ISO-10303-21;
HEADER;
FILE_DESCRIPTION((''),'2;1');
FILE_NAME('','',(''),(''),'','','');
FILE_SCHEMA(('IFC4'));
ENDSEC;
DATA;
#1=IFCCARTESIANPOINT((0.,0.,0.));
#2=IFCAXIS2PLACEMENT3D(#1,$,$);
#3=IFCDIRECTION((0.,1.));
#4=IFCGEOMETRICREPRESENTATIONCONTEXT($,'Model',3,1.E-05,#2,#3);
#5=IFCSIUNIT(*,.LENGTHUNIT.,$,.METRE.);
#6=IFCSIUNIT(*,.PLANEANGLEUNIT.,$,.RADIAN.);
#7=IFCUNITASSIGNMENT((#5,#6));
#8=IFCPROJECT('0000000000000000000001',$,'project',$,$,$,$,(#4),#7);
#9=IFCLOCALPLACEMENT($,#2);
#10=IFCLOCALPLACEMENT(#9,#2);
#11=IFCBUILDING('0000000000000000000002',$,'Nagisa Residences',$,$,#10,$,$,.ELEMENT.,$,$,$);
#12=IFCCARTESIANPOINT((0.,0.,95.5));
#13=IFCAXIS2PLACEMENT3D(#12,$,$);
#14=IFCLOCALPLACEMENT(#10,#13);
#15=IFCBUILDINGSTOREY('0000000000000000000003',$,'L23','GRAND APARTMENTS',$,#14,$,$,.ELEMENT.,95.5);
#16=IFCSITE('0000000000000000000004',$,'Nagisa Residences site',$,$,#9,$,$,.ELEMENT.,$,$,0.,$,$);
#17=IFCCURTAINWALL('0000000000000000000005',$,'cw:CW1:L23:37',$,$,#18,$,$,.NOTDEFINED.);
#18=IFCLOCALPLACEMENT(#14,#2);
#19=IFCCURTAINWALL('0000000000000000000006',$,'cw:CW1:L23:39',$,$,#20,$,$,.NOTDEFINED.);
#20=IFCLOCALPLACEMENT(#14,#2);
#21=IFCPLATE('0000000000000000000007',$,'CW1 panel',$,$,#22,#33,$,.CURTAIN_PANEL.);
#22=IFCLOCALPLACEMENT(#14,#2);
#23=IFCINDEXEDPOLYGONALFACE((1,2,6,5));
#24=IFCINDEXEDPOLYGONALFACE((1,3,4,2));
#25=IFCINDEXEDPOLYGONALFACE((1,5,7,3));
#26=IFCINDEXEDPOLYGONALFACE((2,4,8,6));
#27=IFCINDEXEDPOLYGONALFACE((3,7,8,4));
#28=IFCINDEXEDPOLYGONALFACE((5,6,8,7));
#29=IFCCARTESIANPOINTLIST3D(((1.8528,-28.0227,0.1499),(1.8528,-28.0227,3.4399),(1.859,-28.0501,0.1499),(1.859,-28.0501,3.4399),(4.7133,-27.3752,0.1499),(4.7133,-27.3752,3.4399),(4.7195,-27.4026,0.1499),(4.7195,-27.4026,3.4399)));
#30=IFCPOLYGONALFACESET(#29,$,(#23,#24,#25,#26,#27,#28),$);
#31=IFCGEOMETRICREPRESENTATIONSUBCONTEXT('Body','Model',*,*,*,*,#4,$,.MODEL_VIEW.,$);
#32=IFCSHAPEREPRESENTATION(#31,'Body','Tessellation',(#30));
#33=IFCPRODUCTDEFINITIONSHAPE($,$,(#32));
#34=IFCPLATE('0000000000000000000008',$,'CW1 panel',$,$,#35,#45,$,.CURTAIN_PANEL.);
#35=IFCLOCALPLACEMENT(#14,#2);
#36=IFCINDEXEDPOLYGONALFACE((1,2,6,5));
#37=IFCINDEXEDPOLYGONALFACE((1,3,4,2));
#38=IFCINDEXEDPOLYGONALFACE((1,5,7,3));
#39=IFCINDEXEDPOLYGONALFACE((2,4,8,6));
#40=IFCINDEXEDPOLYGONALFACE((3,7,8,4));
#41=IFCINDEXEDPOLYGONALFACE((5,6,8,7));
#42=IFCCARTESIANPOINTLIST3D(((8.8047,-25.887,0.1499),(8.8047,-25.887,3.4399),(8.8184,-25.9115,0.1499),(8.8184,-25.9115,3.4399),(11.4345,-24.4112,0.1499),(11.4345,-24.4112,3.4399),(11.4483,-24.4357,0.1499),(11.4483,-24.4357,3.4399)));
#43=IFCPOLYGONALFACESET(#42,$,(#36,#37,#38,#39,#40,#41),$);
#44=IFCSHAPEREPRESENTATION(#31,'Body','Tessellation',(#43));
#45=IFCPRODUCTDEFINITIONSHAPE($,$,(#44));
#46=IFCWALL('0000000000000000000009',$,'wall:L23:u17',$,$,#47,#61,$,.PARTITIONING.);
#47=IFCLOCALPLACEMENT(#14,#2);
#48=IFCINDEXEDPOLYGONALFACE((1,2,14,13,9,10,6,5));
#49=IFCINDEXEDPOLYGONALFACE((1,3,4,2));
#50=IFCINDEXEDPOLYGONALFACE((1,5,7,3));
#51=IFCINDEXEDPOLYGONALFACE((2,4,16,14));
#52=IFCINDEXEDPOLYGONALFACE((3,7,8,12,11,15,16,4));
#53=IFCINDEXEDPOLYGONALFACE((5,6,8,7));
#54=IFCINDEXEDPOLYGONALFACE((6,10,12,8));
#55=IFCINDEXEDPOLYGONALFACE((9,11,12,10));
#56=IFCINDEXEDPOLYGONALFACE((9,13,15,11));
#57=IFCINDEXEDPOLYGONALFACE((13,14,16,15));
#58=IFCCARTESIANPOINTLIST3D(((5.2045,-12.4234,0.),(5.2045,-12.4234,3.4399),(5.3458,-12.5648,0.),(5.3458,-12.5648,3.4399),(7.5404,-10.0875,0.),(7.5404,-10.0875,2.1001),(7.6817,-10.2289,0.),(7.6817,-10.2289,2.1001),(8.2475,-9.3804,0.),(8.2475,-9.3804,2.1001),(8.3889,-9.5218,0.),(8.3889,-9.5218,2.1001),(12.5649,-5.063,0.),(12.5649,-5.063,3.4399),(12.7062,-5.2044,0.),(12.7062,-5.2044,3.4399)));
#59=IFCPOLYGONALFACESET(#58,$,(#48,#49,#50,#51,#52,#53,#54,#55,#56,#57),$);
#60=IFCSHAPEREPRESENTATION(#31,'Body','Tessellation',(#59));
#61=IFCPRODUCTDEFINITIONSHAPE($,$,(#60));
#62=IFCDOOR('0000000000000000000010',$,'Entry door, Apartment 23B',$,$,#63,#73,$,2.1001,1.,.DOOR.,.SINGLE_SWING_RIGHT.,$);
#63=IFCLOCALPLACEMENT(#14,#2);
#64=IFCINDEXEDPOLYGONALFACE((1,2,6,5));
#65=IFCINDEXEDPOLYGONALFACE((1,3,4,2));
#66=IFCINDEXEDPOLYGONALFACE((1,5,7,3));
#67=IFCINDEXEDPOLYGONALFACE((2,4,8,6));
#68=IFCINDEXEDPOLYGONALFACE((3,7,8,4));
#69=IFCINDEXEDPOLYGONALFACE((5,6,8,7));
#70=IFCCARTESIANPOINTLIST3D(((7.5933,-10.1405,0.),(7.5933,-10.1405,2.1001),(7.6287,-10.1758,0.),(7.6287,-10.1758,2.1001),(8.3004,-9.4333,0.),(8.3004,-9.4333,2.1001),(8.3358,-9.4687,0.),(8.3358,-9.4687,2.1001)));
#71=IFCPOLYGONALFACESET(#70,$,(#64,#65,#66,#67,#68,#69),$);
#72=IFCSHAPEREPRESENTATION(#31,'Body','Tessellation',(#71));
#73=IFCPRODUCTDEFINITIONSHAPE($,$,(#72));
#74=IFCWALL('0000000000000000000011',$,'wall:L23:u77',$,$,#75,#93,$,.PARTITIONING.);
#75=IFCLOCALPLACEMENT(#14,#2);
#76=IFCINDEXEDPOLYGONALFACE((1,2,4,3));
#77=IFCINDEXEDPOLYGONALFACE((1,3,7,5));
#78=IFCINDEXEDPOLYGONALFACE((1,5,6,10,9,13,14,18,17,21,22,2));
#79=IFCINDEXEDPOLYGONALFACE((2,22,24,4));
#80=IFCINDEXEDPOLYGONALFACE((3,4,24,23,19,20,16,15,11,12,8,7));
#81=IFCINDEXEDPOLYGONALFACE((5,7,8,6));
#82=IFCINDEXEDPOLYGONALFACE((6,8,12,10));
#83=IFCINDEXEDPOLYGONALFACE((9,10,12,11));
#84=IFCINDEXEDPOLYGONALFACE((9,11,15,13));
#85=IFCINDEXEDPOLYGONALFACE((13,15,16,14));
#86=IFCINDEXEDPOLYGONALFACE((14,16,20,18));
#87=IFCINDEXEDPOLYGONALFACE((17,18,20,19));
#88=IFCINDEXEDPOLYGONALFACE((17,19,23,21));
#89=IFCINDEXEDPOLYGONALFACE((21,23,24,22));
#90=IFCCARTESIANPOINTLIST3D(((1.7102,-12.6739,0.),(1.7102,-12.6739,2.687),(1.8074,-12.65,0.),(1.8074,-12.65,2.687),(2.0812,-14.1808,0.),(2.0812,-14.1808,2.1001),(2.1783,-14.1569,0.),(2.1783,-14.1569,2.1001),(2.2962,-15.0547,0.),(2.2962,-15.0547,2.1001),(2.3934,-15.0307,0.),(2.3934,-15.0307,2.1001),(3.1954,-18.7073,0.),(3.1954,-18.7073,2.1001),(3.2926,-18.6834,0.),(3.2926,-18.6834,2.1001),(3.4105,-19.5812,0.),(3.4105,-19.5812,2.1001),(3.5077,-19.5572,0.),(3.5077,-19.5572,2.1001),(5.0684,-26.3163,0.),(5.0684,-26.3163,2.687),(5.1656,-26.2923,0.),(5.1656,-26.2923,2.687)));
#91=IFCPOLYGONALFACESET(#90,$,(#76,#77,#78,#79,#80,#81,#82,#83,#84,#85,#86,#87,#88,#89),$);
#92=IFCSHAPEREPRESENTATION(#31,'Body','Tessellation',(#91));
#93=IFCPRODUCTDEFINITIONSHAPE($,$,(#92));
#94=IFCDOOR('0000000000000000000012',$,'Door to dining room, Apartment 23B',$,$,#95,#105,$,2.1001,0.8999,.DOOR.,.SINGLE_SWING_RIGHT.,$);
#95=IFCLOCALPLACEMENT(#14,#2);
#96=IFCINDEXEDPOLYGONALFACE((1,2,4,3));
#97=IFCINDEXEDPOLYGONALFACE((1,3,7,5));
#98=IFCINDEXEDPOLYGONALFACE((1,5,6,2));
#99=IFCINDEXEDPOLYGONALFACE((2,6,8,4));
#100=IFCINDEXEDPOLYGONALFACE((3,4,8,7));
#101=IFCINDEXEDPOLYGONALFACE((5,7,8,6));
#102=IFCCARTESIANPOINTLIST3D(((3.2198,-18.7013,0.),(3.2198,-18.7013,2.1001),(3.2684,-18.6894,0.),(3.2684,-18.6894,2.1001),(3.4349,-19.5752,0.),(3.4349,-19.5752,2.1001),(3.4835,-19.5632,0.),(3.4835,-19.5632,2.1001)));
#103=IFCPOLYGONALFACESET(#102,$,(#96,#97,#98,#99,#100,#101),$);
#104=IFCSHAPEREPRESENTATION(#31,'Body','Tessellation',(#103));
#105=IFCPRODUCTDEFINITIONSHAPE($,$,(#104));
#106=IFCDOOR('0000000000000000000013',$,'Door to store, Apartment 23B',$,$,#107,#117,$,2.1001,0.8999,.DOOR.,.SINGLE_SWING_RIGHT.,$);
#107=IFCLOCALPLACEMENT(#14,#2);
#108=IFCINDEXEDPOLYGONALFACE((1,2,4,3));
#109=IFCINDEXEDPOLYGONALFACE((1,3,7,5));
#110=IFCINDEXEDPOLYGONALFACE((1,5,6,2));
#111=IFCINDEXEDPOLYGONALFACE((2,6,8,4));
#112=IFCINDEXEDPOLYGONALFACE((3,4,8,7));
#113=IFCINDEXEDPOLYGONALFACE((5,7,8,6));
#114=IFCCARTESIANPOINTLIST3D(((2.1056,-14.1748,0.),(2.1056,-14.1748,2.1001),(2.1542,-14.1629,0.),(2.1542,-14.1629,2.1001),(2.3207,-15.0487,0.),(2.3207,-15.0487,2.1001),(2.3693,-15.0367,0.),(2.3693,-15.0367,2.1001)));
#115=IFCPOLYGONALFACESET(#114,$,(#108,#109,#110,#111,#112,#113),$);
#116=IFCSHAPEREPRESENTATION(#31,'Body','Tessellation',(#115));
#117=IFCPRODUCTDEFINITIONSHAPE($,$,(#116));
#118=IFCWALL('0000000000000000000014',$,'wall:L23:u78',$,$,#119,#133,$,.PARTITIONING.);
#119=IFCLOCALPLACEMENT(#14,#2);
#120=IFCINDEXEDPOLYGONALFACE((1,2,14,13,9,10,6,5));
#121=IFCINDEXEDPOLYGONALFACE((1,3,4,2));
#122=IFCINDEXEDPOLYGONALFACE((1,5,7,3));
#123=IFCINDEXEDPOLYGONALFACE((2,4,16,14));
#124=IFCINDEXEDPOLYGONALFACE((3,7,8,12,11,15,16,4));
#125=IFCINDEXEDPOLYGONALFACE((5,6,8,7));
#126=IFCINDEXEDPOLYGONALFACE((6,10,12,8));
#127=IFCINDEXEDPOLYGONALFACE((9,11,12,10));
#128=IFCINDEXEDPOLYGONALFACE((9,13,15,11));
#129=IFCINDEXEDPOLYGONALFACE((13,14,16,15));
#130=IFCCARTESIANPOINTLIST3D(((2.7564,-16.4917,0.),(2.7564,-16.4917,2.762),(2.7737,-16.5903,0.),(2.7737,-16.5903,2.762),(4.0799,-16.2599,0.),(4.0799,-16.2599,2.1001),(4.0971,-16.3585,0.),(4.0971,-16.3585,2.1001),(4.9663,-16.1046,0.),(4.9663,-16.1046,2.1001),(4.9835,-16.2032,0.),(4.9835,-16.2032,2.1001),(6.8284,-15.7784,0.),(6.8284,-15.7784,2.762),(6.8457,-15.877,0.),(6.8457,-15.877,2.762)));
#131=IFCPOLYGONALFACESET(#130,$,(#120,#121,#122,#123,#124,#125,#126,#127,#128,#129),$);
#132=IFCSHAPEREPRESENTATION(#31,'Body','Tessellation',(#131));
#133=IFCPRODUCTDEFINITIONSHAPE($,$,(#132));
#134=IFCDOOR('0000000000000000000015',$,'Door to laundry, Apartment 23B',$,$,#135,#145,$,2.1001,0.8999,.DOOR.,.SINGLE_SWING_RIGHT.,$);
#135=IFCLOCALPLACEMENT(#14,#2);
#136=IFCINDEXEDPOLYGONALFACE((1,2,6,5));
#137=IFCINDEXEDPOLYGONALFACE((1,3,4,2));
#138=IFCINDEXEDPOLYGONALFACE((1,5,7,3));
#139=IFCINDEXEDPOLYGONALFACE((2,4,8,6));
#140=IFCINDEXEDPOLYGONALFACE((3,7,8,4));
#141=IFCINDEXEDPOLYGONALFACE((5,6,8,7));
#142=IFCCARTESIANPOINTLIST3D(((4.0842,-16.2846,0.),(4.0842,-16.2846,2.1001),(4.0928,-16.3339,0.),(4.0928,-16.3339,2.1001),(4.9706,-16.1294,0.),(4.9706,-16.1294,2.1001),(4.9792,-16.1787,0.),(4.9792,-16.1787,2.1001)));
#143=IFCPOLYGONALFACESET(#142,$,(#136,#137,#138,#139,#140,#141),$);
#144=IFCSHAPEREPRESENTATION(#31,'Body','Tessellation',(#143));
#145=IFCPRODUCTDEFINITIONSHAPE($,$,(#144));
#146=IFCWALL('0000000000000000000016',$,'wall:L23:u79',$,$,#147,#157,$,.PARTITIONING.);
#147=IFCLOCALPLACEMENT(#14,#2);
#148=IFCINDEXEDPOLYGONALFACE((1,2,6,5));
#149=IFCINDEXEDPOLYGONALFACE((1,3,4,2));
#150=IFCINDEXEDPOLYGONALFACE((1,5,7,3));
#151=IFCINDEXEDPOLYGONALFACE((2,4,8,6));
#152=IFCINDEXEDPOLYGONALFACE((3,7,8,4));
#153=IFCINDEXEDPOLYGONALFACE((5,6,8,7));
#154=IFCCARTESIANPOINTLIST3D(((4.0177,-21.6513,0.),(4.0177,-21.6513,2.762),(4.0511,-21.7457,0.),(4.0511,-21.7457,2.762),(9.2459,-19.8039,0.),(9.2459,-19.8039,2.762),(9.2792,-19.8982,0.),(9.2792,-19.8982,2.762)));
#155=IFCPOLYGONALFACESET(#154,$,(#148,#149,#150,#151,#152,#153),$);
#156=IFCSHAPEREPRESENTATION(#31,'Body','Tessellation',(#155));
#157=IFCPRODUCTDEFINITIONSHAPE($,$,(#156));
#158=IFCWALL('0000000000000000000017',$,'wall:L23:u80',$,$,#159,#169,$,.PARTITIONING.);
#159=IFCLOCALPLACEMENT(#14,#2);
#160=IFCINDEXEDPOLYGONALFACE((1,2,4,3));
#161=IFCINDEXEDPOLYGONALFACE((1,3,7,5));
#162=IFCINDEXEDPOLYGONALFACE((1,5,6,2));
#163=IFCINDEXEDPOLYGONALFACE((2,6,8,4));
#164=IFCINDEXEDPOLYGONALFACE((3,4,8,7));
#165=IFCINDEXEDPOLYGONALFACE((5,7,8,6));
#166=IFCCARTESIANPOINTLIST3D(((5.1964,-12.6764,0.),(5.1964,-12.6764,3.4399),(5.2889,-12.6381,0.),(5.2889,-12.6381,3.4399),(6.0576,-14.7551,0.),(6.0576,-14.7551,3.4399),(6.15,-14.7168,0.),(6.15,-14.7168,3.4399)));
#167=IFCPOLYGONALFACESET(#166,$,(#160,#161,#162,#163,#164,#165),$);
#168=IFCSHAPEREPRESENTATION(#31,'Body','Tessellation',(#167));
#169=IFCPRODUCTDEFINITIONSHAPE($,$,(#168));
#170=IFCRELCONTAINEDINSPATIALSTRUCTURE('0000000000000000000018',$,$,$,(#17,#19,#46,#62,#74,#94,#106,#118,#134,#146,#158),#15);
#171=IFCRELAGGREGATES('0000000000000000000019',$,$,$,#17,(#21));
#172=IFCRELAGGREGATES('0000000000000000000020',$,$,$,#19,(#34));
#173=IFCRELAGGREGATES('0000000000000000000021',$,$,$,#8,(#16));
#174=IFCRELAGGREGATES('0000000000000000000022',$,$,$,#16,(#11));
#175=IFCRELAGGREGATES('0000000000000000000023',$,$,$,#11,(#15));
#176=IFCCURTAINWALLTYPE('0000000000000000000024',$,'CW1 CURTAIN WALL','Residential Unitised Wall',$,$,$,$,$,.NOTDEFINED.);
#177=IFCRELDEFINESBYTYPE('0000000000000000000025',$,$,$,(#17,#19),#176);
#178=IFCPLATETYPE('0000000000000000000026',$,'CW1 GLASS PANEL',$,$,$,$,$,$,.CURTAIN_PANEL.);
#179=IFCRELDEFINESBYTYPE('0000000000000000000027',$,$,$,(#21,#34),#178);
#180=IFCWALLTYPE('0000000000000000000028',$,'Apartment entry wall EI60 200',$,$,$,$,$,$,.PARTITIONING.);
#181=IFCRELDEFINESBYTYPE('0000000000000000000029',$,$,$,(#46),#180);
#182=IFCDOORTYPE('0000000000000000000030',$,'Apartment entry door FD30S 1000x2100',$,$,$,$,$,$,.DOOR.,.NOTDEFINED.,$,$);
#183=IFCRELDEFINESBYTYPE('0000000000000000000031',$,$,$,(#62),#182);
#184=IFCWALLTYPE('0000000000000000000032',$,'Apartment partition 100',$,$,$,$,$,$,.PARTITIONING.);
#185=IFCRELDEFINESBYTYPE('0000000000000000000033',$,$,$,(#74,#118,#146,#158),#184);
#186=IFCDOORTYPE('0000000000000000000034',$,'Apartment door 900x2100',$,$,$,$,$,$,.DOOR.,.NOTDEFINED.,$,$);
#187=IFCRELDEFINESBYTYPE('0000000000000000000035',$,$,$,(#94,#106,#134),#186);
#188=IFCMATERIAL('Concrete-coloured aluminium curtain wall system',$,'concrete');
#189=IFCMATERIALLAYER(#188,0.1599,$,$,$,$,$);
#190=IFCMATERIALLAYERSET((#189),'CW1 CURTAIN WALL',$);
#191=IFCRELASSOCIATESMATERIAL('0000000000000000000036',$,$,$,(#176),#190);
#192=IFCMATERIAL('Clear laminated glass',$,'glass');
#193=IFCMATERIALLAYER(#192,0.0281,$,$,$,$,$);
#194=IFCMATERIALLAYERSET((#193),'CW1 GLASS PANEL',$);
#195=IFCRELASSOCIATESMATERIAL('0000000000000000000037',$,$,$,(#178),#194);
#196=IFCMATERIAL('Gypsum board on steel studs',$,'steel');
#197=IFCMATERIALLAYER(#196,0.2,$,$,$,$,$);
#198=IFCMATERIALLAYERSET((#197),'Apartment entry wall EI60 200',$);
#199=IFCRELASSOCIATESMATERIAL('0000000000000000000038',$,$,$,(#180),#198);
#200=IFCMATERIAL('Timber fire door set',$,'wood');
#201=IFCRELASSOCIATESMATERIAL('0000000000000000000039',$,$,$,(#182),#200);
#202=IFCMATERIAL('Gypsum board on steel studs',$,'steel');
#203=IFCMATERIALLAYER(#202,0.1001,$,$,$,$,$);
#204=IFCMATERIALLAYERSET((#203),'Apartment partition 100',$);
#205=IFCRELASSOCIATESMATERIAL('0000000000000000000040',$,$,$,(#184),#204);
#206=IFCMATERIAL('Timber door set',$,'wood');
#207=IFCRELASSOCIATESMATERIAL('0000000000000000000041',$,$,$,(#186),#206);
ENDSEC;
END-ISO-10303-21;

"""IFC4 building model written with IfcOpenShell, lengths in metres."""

from ifc_helpers import new_model, si_unit, direction, frame, frame_2d, origin, origin_2d, place, context, subcontext, project, spatial, rectangle, extrude, material, layer, layer_set, type_object, element, fill, aggregate, save


model = new_model("IFC4")

# Units and contexts
model_context = context("Model", 3, precision=1e-05, world=origin(), true_north=direction((0.0, 1.0)))
body_context = subcontext(model_context, "Body", "Model", "MODEL_VIEW")
ifc_project = project(units=[si_unit("LENGTHUNIT", "METRE"), si_unit("PLANEANGLEUNIT", "RADIAN")], contexts=[model_context])

# Site, building, storey
site_placement = place(None, origin())
site = spatial("IfcSite", under=ifc_project, at=site_placement, Name="Nagisa Residences site", CompositionType="ELEMENT", RefElevation=0.0)
building_placement = place(site_placement, origin())
building = spatial("IfcBuilding", under=site, at=building_placement, Name="Nagisa Residences", CompositionType="ELEMENT")
storey_placement = place(building_placement, frame((0.0, 0.0, 95.5)))
storey = spatial("IfcBuildingStorey", under=building, at=storey_placement, Name="L23", Description="GRAND APARTMENTS", CompositionType="ELEMENT", Elevation=95.5)

# Curtain walls
ifc_material_1 = material(Name="Concrete-coloured aluminium curtain wall system", Category="concrete")
ifc_layer_1 = layer(ifc_material_1, 0.1599)
ifc_layer_set_1 = layer_set([ifc_layer_1], Name="CW1 CURTAIN WALL")
curtain_wall_type = type_object("IfcCurtainWallType", Name="CW1 CURTAIN WALL", Description="Residential Unitised Wall", PredefinedType="NOTDEFINED", material=ifc_layer_set_1)
curtain_wall_1_placement = place(storey_placement, origin())
curtain_wall_1 = element("IfcCurtainWall", 1, at=curtain_wall_1_placement, inside=storey, type_object=curtain_wall_type, Name="cw:CW1:L23:37", PredefinedType="NOTDEFINED")
curtain_wall_2_placement = place(storey_placement, origin())
curtain_wall_2 = element("IfcCurtainWall", 2, at=curtain_wall_2_placement, inside=storey, type_object=curtain_wall_type, Name="cw:CW1:L23:39", PredefinedType="NOTDEFINED")

# Shared definitions
ifc_material_2 = material(Name="Clear laminated glass", Category="glass")
ifc_layer_2 = layer(ifc_material_2, 0.0281)
ifc_layer_set_2 = layer_set([ifc_layer_2], Name="CW1 GLASS PANEL")
plate_type = type_object("IfcPlateType", Name="CW1 GLASS PANEL", PredefinedType="CURTAIN_PANEL", material=ifc_layer_set_2)

# Plates
plate_1_placement = place(storey_placement, frame((3.2861, -27.7126, 0.1499), z_axis=(0.0, 0.0, 1.0), x_axis=(0.975327, 0.220764, 0.0)))
plate_1 = element("IfcPlate", 3, at=plate_1_placement, type_object=plate_type, Name="CW1 panel", PredefinedType="CURTAIN_PANEL", context=body_context, shape_type="SweptSolid", body=[
    extrude(rectangle(XDim=2.9329, YDim=0.0281, at=origin_2d()), origin(), (0.0, 0.0, 1.0), 3.29),
])
aggregate(curtain_wall_1, [plate_1])
plate_2_placement = place(storey_placement, frame((10.1265, -25.1614, 0.1499), z_axis=(0.0, 0.0, 1.0), x_axis=(0.872072, 0.489377, 0.0)))
plate_2 = element("IfcPlate", 4, at=plate_2_placement, type_object=plate_type, Name="CW1 panel", PredefinedType="CURTAIN_PANEL", context=body_context, shape_type="SweptSolid", body=[
    extrude(rectangle(XDim=3.0156, YDim=0.0281, at=origin_2d()), origin(), (0.0, 0.0, 1.0), 3.29),
])
aggregate(curtain_wall_2, [plate_2])

# Wall, opening, door
ifc_material_3 = material(Name="Gypsum board on steel studs", Category="steel")
ifc_layer_3 = layer(ifc_material_3, 0.2)
ifc_layer_set_3 = layer_set([ifc_layer_3], Name="Apartment entry wall EI60 200")
wall_type_1 = type_object("IfcWallType", Name="Apartment entry wall EI60 200", PredefinedType="PARTITIONING", material=ifc_layer_set_3)
wall_1_placement = place(storey_placement, frame((5.2751, -12.4941, 0.0), z_axis=(0.0, 0.0, 1.0), x_axis=(0.707107, 0.707107, 0.0)))
wall_1 = element("IfcWall", 5, at=wall_1_placement, inside=storey, type_object=wall_type_1, Name="wall:L23:u17", PredefinedType="PARTITIONING", context=body_context, shape_type="SweptSolid", body=[
    extrude(rectangle(XDim=10.4092, YDim=0.2, at=frame_2d((5.2046, 0.0))), origin(), (0.0, 0.0, 1.0), 3.4399),
])
opening_1_placement = place(wall_1_placement, frame((3.3035, 0.0, 0.0)))
opening_1 = element("IfcOpeningElement", 6, at=opening_1_placement, cuts=wall_1, PredefinedType="OPENING", context=body_context, shape_type="SweptSolid", body=[
    extrude(rectangle(XDim=1.0, YDim=2.1001, at=frame_2d((0.5, 1.05))), frame((0.0, 0.1099, 0.0), z_axis=(0.0, -1.0, 0.0), x_axis=(1.0, 0.0, 0.0)), (0.0, 0.0, 1.0), 0.22),
])
ifc_material_4 = material(Name="Timber fire door set", Category="wood")
door_type_1 = type_object("IfcDoorType", Name="Apartment entry door FD30S 1000x2100", OperationType="NOTDEFINED", PredefinedType="DOOR", material=ifc_material_4)
door_1_placement = place(opening_1_placement, frame((1.0, 0.0, 0.0), x_axis=(-1.0, 0.0, 0.0)))
door_1 = element("IfcDoor", 7, at=door_1_placement, inside=storey, type_object=door_type_1, Name="Entry door, Apartment 23B", OperationType="SINGLE_SWING_RIGHT", OverallHeight=2.1001, OverallWidth=1.0, PredefinedType="DOOR", context=body_context, shape_type="SweptSolid", body=[
    extrude(rectangle(XDim=1.0, YDim=2.1001, at=frame_2d((0.5, 1.05))), frame((0.0, 0.0249, 0.0), z_axis=(0.0, -1.0, 0.0), x_axis=(1.0, 0.0, 0.0)), (0.0, 0.0, 1.0), 0.05),
])
fill(opening_1, door_1)

# Wall, openings, doors
ifc_material_5 = material(Name="Gypsum board on steel studs", Category="steel")
ifc_layer_4 = layer(ifc_material_5, 0.1001)
ifc_layer_set_4 = layer_set([ifc_layer_4], Name="Apartment partition 100")
wall_type_2 = type_object("IfcWallType", Name="Apartment partition 100", PredefinedType="PARTITIONING", material=ifc_layer_set_4)
wall_2_placement = place(storey_placement, frame((1.7588, -12.6619, 0.0), z_axis=(0.0, 0.0, 1.0), x_axis=(0.239022, -0.971014, 0.0)))
wall_2 = element("IfcWall", 8, at=wall_2_placement, inside=storey, type_object=wall_type_2, Name="wall:L23:u77", PredefinedType="PARTITIONING", context=body_context, shape_type="SweptSolid", body=[
    extrude(rectangle(XDim=14.0496, YDim=0.1001, at=frame_2d((7.0249, 0.0))), origin(), (0.0, 0.0, 1.0), 2.687),
])
opening_2_placement = place(wall_2_placement, frame((6.2136, 0.0, 0.0)))
opening_2 = element("IfcOpeningElement", 9, at=opening_2_placement, cuts=wall_2, PredefinedType="OPENING", context=body_context, shape_type="SweptSolid", body=[
    extrude(rectangle(XDim=0.8999, YDim=2.1001, at=frame_2d((0.45, 1.05))), frame((0.0, 0.0601, 0.0), z_axis=(0.0, -1.0, 0.0), x_axis=(1.0, 0.0, 0.0)), (0.0, 0.0, 1.0), 0.1201),
])
opening_3_placement = place(wall_2_placement, frame((1.552, 0.0, 0.0)))
opening_3 = element("IfcOpeningElement", 10, at=opening_3_placement, cuts=wall_2, PredefinedType="OPENING", context=body_context, shape_type="SweptSolid", body=[
    extrude(rectangle(XDim=0.8999, YDim=2.1001, at=frame_2d((0.45, 1.05))), frame((0.0, 0.0601, 0.0), z_axis=(0.0, -1.0, 0.0), x_axis=(1.0, 0.0, 0.0)), (0.0, 0.0, 1.0), 0.1201),
])
ifc_material_6 = material(Name="Timber door set", Category="wood")
door_type_2 = type_object("IfcDoorType", Name="Apartment door 900x2100", OperationType="NOTDEFINED", PredefinedType="DOOR", material=ifc_material_6)
door_2_placement = place(opening_2_placement, frame((0.8999, 0.0, 0.0), x_axis=(-1.0, 0.0, 0.0)))
door_2 = element("IfcDoor", 11, at=door_2_placement, inside=storey, type_object=door_type_2, Name="Door to dining room, Apartment 23B", OperationType="SINGLE_SWING_RIGHT", OverallHeight=2.1001, OverallWidth=0.8999, PredefinedType="DOOR", context=body_context, shape_type="SweptSolid", body=[
    extrude(rectangle(XDim=0.8999, YDim=2.1001, at=frame_2d((0.45, 1.05))), frame((0.0, 0.0249, 0.0), z_axis=(0.0, -1.0, 0.0), x_axis=(1.0, 0.0, 0.0)), (0.0, 0.0, 1.0), 0.05),
])
fill(opening_2, door_2)
door_3_placement = place(opening_3_placement, frame((0.8999, 0.0, 0.0), x_axis=(-1.0, 0.0, 0.0)))
door_3 = element("IfcDoor", 12, at=door_3_placement, inside=storey, type_object=door_type_2, Name="Door to store, Apartment 23B", OperationType="SINGLE_SWING_RIGHT", OverallHeight=2.1001, OverallWidth=0.8999, PredefinedType="DOOR", context=body_context, shape_type="SweptSolid", body=[
    extrude(rectangle(XDim=0.8999, YDim=2.1001, at=frame_2d((0.45, 1.05))), frame((0.0, 0.0249, 0.0), z_axis=(0.0, -1.0, 0.0), x_axis=(1.0, 0.0, 0.0)), (0.0, 0.0, 1.0), 0.05),
])
fill(opening_3, door_3)

# Wall, opening, door
wall_3_placement = place(storey_placement, frame((2.7651, -16.541, 0.0), z_axis=(0.0, 0.0, 1.0), x_axis=(0.984999, 0.172562, 0.0)))
wall_3 = element("IfcWall", 13, at=wall_3_placement, inside=storey, type_object=wall_type_2, Name="wall:L23:u78", PredefinedType="PARTITIONING", context=body_context, shape_type="SweptSolid", body=[
    extrude(rectangle(XDim=4.134, YDim=0.1001, at=frame_2d((2.0669, 0.0))), origin(), (0.0, 0.0, 1.0), 2.762),
])
opening_4_placement = place(wall_3_placement, frame((1.3435, 0.0, 0.0)))
opening_4 = element("IfcOpeningElement", 14, at=opening_4_placement, cuts=wall_3, PredefinedType="OPENING", context=body_context, shape_type="SweptSolid", body=[
    extrude(rectangle(XDim=0.8999, YDim=2.1001, at=frame_2d((0.45, 1.05))), frame((0.0, 0.0601, 0.0), z_axis=(0.0, -1.0, 0.0), x_axis=(1.0, 0.0, 0.0)), (0.0, 0.0, 1.0), 0.1201),
])
door_4_placement = place(opening_4_placement, origin())
door_4 = element("IfcDoor", 15, at=door_4_placement, inside=storey, type_object=door_type_2, Name="Door to laundry, Apartment 23B", OperationType="SINGLE_SWING_RIGHT", OverallHeight=2.1001, OverallWidth=0.8999, PredefinedType="DOOR", context=body_context, shape_type="SweptSolid", body=[
    extrude(rectangle(XDim=0.8999, YDim=2.1001, at=frame_2d((0.45, 1.05))), frame((0.0, 0.0249, 0.0), z_axis=(0.0, -1.0, 0.0), x_axis=(1.0, 0.0, 0.0)), (0.0, 0.0, 1.0), 0.05),
])
fill(opening_4, door_4)

# Walls
wall_4_placement = place(storey_placement, frame((4.0344, -21.6985, 0.0), z_axis=(0.0, 0.0, 1.0), x_axis=(0.942864, 0.333177, 0.0)))
element("IfcWall", 16, at=wall_4_placement, inside=storey, type_object=wall_type_2, Name="wall:L23:u79", PredefinedType="PARTITIONING", context=body_context, shape_type="SweptSolid", body=[
    extrude(rectangle(XDim=5.5449, YDim=0.1001, at=frame_2d((2.7725, 0.0))), origin(), (0.0, 0.0, 1.0), 2.762),
])
wall_5_placement = place(storey_placement, frame((5.2427, -12.6572, 0.0), z_axis=(0.0, 0.0, 1.0), x_axis=(0.382719, -0.923865, 0.0)))
element("IfcWall", 17, at=wall_5_placement, inside=storey, type_object=wall_type_2, Name="wall:L23:u80", PredefinedType="PARTITIONING", context=body_context, shape_type="SweptSolid", body=[
    extrude(rectangle(XDim=2.25, YDim=0.1001, at=frame_2d((1.125, 0.0))), origin(), (0.0, 0.0, 1.0), 3.4399),
])

save(model, "model.ifc")
